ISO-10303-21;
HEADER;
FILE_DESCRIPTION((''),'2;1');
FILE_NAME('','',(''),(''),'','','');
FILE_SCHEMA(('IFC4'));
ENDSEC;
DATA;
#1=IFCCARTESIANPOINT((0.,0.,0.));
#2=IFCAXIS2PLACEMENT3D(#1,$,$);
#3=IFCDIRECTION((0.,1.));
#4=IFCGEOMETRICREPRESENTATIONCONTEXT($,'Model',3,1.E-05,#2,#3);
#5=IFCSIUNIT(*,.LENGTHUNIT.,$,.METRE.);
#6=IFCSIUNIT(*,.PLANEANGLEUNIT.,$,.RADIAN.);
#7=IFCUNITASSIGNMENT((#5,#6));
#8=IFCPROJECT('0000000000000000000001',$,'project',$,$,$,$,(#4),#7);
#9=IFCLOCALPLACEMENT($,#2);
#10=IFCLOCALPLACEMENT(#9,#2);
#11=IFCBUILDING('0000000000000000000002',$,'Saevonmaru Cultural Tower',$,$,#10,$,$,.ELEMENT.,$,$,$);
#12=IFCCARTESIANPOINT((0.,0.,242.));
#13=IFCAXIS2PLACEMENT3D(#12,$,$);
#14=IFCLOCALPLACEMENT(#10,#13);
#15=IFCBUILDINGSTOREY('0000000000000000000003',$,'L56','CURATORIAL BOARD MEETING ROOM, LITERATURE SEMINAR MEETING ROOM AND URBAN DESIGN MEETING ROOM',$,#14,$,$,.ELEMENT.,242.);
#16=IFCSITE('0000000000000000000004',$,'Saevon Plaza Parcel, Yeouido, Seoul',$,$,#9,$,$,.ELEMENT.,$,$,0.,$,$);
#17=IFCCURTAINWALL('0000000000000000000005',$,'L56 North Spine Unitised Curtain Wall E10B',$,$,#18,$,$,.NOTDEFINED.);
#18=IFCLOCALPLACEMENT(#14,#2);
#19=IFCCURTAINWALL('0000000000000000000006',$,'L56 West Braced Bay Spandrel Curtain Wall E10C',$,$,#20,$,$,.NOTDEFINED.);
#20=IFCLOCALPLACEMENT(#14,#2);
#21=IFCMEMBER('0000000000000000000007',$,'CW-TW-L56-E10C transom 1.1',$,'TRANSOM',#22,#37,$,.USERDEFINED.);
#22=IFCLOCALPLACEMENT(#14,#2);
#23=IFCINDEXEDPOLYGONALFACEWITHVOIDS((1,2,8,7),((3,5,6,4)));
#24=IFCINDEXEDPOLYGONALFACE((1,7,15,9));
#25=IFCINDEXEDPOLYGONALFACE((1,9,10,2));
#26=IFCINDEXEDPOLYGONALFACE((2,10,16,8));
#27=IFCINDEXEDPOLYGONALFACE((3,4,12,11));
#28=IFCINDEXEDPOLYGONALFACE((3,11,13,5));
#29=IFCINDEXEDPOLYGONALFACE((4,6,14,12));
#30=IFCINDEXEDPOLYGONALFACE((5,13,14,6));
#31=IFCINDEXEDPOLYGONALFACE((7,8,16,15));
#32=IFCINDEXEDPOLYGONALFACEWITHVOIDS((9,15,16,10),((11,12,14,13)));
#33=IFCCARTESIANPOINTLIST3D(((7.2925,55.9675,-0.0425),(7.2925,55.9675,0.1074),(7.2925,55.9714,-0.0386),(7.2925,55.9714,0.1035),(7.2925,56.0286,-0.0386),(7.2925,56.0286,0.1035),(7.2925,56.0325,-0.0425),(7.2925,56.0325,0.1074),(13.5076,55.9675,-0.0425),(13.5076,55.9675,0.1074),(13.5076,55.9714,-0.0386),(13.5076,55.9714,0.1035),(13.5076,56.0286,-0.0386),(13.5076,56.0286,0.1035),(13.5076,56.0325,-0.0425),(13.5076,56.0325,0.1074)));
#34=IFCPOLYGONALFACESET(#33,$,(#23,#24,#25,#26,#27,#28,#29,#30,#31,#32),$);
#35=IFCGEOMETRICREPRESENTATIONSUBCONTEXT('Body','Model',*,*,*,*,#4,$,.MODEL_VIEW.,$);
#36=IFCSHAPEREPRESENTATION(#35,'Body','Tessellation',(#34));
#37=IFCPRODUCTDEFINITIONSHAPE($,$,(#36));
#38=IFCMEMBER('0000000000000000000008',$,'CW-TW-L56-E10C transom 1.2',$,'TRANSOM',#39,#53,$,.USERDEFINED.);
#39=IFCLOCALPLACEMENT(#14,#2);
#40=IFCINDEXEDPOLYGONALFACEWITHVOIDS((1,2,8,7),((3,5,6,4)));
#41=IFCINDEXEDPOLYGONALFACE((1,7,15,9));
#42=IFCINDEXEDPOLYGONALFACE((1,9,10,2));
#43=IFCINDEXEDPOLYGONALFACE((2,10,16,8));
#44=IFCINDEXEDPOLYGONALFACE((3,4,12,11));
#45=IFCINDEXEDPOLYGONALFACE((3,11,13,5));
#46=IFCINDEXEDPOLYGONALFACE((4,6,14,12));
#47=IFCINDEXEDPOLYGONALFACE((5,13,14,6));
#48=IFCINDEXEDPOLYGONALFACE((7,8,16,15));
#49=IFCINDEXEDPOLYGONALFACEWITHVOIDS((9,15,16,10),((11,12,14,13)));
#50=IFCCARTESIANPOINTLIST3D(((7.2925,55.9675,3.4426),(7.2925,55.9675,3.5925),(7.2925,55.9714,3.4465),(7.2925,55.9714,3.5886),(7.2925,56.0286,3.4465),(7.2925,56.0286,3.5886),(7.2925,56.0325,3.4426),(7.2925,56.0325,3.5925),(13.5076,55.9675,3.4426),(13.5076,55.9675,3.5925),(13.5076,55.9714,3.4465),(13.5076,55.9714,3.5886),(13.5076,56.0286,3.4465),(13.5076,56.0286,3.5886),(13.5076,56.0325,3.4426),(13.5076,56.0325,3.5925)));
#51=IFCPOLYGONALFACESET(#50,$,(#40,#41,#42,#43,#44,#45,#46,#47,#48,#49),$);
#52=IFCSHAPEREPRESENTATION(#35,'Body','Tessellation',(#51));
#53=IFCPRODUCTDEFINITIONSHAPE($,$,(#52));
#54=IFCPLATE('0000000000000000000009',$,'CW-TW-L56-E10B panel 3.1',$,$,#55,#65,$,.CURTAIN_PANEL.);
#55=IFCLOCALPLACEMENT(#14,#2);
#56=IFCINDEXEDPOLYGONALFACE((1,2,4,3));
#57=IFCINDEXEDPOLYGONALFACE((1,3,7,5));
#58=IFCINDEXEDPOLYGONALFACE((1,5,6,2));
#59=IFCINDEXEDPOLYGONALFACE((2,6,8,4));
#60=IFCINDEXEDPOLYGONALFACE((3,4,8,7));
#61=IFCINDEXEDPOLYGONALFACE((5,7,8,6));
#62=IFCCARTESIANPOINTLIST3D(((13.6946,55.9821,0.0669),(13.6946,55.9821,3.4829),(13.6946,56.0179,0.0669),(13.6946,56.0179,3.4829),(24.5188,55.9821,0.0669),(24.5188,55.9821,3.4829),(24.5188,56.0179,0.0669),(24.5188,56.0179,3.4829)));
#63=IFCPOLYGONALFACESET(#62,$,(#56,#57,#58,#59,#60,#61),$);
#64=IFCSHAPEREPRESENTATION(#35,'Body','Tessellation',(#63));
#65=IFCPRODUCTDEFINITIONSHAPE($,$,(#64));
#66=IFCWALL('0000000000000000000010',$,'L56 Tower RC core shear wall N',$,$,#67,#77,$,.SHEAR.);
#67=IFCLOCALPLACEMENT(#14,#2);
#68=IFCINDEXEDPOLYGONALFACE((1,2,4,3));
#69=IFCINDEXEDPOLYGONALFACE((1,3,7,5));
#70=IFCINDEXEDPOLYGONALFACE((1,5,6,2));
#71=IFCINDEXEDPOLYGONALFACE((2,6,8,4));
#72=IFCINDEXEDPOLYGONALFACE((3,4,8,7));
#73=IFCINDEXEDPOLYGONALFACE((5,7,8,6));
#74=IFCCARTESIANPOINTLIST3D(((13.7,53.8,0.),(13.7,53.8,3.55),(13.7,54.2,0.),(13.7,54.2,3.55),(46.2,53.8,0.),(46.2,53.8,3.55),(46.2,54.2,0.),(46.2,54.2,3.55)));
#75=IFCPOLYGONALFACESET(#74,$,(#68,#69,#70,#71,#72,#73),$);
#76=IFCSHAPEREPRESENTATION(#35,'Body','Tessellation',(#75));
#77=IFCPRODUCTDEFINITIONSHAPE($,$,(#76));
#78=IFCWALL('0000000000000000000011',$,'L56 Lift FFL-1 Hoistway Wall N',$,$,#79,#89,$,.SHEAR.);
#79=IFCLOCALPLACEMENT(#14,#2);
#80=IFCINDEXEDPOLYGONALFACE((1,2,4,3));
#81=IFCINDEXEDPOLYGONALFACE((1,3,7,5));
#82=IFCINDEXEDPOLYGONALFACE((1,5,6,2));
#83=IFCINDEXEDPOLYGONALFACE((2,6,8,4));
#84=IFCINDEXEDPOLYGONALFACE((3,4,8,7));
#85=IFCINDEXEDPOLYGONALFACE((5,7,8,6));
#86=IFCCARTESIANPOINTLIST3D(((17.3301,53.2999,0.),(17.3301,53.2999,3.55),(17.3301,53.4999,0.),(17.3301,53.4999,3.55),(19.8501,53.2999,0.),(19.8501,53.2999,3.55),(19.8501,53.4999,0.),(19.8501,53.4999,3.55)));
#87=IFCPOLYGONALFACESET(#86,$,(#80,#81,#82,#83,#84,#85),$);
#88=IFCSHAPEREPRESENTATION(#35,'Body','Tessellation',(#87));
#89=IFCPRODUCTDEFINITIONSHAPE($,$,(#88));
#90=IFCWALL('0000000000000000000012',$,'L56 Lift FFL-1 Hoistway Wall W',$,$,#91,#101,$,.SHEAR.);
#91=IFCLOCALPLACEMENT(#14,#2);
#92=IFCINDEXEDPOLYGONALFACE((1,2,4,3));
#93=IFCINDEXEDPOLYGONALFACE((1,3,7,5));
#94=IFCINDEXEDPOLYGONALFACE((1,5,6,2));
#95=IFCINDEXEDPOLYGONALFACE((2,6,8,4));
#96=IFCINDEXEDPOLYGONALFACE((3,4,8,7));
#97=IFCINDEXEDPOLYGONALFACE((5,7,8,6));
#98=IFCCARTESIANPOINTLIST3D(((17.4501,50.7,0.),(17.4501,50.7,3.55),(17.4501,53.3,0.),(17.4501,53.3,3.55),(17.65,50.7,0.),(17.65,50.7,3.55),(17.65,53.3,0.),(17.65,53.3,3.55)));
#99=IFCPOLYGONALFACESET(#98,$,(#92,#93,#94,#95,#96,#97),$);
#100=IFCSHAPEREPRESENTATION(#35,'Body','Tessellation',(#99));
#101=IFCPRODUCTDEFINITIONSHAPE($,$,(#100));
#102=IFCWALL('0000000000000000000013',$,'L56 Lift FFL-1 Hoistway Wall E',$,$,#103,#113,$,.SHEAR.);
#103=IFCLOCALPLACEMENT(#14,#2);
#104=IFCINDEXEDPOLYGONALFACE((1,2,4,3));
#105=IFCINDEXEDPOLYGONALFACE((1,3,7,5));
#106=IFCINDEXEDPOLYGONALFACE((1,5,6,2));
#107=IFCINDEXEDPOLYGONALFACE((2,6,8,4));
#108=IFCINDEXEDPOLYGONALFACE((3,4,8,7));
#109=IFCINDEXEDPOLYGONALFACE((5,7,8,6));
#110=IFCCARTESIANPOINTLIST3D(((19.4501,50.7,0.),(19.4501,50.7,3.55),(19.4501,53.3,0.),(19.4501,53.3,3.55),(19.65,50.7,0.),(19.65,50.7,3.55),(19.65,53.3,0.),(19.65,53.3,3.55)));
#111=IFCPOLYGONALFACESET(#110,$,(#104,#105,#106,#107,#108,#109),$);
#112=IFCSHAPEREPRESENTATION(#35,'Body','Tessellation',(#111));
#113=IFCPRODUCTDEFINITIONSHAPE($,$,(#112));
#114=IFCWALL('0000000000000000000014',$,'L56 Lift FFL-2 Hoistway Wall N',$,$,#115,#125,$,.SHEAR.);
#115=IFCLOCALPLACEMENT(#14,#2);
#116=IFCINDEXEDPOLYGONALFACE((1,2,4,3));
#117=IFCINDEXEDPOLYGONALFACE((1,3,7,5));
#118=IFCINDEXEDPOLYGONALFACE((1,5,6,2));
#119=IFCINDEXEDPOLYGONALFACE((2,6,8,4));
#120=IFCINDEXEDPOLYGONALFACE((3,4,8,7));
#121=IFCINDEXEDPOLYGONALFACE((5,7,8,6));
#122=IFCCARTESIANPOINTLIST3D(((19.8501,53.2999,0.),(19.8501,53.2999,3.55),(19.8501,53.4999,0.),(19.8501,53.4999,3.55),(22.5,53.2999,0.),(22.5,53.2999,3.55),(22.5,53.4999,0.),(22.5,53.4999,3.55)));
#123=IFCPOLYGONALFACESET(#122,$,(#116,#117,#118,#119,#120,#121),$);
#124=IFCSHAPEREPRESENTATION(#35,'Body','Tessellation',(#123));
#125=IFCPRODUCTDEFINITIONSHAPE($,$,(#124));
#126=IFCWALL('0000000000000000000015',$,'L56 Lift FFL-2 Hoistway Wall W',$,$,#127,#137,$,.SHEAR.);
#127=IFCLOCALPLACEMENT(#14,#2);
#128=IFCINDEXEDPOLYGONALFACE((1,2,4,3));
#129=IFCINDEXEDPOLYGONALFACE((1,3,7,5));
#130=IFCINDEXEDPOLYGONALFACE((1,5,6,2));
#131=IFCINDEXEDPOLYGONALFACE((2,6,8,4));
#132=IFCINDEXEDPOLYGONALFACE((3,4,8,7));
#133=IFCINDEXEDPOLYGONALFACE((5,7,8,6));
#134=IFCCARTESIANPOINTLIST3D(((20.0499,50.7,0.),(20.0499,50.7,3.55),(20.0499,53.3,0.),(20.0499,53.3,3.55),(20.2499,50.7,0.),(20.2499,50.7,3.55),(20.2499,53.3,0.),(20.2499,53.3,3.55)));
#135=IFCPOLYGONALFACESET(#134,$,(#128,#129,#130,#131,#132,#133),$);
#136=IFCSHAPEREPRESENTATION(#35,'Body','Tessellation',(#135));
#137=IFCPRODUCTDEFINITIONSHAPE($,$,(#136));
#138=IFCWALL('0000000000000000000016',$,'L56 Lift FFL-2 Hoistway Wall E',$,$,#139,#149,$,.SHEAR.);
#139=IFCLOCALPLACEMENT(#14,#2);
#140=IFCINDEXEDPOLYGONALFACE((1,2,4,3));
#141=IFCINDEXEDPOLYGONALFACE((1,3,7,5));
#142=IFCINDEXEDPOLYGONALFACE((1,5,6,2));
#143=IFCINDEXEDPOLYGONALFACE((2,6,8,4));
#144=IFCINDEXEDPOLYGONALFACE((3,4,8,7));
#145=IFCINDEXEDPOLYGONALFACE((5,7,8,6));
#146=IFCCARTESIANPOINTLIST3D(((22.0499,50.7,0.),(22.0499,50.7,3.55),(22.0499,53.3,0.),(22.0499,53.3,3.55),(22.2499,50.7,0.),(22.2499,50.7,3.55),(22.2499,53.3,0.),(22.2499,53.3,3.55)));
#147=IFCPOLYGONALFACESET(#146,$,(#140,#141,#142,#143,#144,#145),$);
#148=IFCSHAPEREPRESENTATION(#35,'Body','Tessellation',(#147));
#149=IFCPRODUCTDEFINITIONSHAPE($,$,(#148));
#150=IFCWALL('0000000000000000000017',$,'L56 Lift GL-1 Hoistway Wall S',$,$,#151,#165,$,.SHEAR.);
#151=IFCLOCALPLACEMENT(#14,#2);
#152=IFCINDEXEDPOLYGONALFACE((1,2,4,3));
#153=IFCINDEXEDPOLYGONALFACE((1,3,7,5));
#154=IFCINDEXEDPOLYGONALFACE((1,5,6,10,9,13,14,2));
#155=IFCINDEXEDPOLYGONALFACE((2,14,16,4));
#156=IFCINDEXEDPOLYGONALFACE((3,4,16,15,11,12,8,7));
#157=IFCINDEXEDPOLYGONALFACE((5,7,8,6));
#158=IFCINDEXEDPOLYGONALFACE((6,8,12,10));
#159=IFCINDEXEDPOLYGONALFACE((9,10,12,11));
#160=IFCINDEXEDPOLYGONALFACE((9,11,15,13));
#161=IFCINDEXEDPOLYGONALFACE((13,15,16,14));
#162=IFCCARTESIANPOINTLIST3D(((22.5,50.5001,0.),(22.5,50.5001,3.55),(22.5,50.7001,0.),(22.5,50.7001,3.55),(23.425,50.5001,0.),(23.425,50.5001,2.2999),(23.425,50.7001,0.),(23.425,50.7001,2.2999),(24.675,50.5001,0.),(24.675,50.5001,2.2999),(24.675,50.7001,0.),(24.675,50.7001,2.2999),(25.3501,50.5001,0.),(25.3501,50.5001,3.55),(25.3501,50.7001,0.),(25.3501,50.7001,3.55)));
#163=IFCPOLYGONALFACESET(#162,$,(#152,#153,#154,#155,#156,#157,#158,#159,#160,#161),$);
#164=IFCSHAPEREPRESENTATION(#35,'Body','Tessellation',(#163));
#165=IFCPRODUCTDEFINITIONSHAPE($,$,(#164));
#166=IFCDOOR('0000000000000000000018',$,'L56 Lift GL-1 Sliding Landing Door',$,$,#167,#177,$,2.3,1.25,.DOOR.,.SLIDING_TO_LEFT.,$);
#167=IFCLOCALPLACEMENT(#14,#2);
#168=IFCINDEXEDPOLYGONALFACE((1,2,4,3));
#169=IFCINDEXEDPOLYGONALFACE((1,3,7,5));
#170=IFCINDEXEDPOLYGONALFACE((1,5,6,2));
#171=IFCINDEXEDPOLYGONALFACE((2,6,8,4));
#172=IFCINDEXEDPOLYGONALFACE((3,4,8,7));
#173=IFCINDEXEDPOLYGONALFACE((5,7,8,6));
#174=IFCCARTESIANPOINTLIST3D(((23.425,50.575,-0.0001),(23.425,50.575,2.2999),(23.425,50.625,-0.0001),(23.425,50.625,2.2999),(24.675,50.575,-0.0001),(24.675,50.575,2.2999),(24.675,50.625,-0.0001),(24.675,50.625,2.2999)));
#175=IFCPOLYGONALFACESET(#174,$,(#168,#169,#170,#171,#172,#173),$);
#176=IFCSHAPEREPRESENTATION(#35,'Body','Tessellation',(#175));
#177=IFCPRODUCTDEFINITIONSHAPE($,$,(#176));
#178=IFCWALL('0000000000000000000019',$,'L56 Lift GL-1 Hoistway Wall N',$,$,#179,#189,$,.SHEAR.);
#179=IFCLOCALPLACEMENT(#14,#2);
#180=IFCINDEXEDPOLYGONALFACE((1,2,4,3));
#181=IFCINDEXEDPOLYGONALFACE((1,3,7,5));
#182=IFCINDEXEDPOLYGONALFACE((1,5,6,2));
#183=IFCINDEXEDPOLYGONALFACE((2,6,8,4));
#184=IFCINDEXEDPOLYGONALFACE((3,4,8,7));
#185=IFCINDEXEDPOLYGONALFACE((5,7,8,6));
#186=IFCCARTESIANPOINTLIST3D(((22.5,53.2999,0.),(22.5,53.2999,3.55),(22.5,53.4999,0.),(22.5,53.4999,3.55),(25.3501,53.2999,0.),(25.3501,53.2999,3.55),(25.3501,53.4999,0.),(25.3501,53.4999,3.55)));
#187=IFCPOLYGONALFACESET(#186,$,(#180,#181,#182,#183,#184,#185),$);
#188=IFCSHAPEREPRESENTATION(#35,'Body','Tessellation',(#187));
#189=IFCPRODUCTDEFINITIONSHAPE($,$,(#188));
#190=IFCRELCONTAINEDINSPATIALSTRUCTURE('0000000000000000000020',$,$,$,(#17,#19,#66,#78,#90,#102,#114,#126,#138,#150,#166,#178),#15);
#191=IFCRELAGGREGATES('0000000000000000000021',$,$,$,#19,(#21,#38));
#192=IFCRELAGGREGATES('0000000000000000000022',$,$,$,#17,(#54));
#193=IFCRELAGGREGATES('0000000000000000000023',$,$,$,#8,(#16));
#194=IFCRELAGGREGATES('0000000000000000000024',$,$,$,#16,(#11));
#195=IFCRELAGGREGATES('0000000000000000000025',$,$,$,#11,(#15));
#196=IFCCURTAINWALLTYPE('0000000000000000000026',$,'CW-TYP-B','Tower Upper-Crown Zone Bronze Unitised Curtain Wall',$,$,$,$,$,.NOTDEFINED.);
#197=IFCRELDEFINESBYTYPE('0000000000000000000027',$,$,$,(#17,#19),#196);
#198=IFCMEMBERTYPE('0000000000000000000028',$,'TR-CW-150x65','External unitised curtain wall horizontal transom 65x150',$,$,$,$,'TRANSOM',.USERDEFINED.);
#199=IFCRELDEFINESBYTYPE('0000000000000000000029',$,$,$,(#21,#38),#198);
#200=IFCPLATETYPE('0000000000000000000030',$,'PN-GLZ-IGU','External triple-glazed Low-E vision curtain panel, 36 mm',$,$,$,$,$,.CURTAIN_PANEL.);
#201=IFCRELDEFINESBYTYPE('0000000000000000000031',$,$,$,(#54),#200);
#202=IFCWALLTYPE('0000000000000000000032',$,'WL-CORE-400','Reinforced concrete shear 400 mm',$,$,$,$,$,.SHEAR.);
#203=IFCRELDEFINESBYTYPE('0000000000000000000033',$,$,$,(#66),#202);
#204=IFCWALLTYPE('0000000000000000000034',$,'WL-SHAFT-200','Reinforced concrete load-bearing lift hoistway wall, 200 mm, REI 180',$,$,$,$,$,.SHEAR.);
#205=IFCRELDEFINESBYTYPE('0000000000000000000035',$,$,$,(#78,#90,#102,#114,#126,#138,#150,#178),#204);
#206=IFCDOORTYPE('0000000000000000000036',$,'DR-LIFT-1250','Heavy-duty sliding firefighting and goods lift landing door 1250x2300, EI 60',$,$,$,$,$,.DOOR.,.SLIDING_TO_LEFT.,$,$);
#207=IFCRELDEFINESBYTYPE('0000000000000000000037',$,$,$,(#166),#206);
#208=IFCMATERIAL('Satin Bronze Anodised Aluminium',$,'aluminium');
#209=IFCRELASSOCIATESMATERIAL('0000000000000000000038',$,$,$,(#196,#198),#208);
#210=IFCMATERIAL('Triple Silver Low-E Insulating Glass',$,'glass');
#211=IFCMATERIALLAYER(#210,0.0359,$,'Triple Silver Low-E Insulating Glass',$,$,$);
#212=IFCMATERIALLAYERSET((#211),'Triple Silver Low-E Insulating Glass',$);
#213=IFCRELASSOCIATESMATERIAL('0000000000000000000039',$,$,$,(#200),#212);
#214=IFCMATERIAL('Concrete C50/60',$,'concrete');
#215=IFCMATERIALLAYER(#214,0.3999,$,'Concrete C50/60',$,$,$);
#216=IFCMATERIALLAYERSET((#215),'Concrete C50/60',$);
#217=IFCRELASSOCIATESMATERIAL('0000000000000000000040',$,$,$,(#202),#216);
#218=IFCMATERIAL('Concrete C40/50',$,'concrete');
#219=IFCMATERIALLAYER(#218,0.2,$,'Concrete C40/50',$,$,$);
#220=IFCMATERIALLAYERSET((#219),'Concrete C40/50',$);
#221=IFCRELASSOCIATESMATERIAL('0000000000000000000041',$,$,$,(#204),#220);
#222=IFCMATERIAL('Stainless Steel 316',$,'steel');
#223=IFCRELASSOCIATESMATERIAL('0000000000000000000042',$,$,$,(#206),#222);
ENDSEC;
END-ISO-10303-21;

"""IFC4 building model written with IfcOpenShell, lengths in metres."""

from ifc_helpers import new_model, si_unit, direction, frame, frame_2d, origin, origin_2d, place, context, subcontext, project, spatial, rectangle, hollow_rectangle, extrude, material, layer, layer_set, material_profile, profile_set, type_object, element, fill, aggregate, save


model = new_model("IFC4")

# Units and contexts
model_context = context("Model", 3, precision=1e-05, world=origin(), true_north=direction((0.0, 1.0)))
body_context = subcontext(model_context, "Body", "Model", "MODEL_VIEW")
ifc_project = project(units=[si_unit("LENGTHUNIT", "METRE"), si_unit("PLANEANGLEUNIT", "RADIAN")], contexts=[model_context])

# Site, building, storey
site_placement = place(None, origin())
site = spatial("IfcSite", under=ifc_project, at=site_placement, Name="Saevon Plaza Parcel, Yeouido, Seoul", CompositionType="ELEMENT", RefElevation=0.0)
building_placement = place(site_placement, origin())
building = spatial("IfcBuilding", under=site, at=building_placement, Name="Saevonmaru Cultural Tower", CompositionType="ELEMENT")
storey_placement = place(building_placement, frame((0.0, 0.0, 242.0)))
storey = spatial("IfcBuildingStorey", under=building, at=storey_placement, Name="L56", Description="CURATORIAL BOARD MEETING ROOM, LITERATURE SEMINAR MEETING ROOM AND URBAN DESIGN MEETING ROOM", CompositionType="ELEMENT", Elevation=242.0)

# Curtain walls
ifc_material_1 = material(Name="Satin Bronze Anodised Aluminium", Category="aluminium")
curtain_wall_type = type_object("IfcCurtainWallType", Name="CW-TYP-B", Description="Tower Upper-Crown Zone Bronze Unitised Curtain Wall", PredefinedType="NOTDEFINED", material=ifc_material_1)
curtain_wall_1_placement = place(storey_placement, origin())
curtain_wall_1 = element("IfcCurtainWall", 1, at=curtain_wall_1_placement, inside=storey, type_object=curtain_wall_type, Name="L56 North Spine Unitised Curtain Wall E10B", PredefinedType="NOTDEFINED")
curtain_wall_2_placement = place(storey_placement, origin())
curtain_wall_2 = element("IfcCurtainWall", 2, at=curtain_wall_2_placement, inside=storey, type_object=curtain_wall_type, Name="L56 West Braced Bay Spandrel Curtain Wall E10C", PredefinedType="NOTDEFINED")

# Members
ifc_material_profile_1 = material_profile(ifc_material_1, hollow_rectangle(XDim=0.0649, YDim=0.1499, WallThickness=0.0039, at=origin_2d()), Name="ALU-TRAN-150x65x4")
ifc_profile_set_1 = profile_set([ifc_material_profile_1], Name="Satin Bronze Anodised Aluminium")
member_type_1 = type_object("IfcMemberType", Name="TR-CW-150x65", Description="External unitised curtain wall horizontal transom 65x150", ElementType="TRANSOM", PredefinedType="USERDEFINED", material=ifc_profile_set_1)
member_1_placement = place(storey_placement, frame((13.5076, 56.0, 0.0325), z_axis=(-1.0, 0.0, 0.0), x_axis=(0.0, -1.0, 0.0)))
member_1 = element("IfcMember", 3, at=member_1_placement, type_object=member_type_1, Name="CW-TW-L56-E10C transom 1.1", ObjectType="TRANSOM", PredefinedType="USERDEFINED", context=body_context, shape_type="SweptSolid", body=[
    extrude(hollow_rectangle(XDim=0.0649, YDim=0.1499, WallThickness=0.0039, at=origin_2d()), origin(), (0.0, 0.0, 1.0), 6.2151),
])
member_2_placement = place(storey_placement, frame((13.5076, 56.0, 3.5176), z_axis=(-1.0, 0.0, 0.0), x_axis=(0.0, -1.0, 0.0)))
member_2 = element("IfcMember", 4, at=member_2_placement, type_object=member_type_1, Name="CW-TW-L56-E10C transom 1.2", ObjectType="TRANSOM", PredefinedType="USERDEFINED", context=body_context, shape_type="SweptSolid", body=[
    extrude(hollow_rectangle(XDim=0.0649, YDim=0.1499, WallThickness=0.0039, at=origin_2d()), origin(), (0.0, 0.0, 1.0), 6.2151),
])
aggregate(curtain_wall_2, [member_1, member_2])

# Plate
ifc_material_2 = material(Name="Triple Silver Low-E Insulating Glass", Category="glass")
ifc_layer_1 = layer(ifc_material_2, 0.0359, Name="Triple Silver Low-E Insulating Glass")
ifc_layer_set_1 = layer_set([ifc_layer_1], Name="Triple Silver Low-E Insulating Glass")
plate_type = type_object("IfcPlateType", Name="PN-GLZ-IGU", Description="External triple-glazed Low-E vision curtain panel, 36 mm", PredefinedType="CURTAIN_PANEL", material=ifc_layer_set_1)
plate_placement = place(storey_placement, frame((19.1067, 56.0, 0.0669), z_axis=(0.0, 0.0, 1.0), x_axis=(-1.0, 0.0, 0.0)))
plate = element("IfcPlate", 5, at=plate_placement, type_object=plate_type, Name="CW-TW-L56-E10B panel 3.1", PredefinedType="CURTAIN_PANEL", context=body_context, shape_type="SweptSolid", body=[
    extrude(rectangle(XDim=10.8242, YDim=0.0359, at=origin_2d()), origin(), (0.0, 0.0, 1.0), 3.416),
])
aggregate(curtain_wall_1, [plate])

# Walls
ifc_material_3 = material(Name="Concrete C50/60", Category="concrete")
ifc_layer_2 = layer(ifc_material_3, 0.3999, Name="Concrete C50/60")
ifc_layer_set_2 = layer_set([ifc_layer_2], Name="Concrete C50/60")
wall_type_1 = type_object("IfcWallType", Name="WL-CORE-400", Description="Reinforced concrete shear 400 mm", PredefinedType="SHEAR", material=ifc_layer_set_2)
wall_1_placement = place(storey_placement, frame((13.7, 54.0, 0.0), z_axis=(0.0, 0.0, 1.0), x_axis=(1.0, 0.0, 0.0)))
element("IfcWall", 6, at=wall_1_placement, inside=storey, type_object=wall_type_1, Name="L56 Tower RC core shear wall N", PredefinedType="SHEAR", context=body_context, shape_type="SweptSolid", body=[
    extrude(rectangle(XDim=32.5, YDim=0.3999, at=frame_2d((16.25, 0.0))), origin(), (0.0, 0.0, 1.0), 3.55),
])
ifc_material_4 = material(Name="Concrete C40/50", Category="concrete")
ifc_layer_3 = layer(ifc_material_4, 0.2, Name="Concrete C40/50")
ifc_layer_set_3 = layer_set([ifc_layer_3], Name="Concrete C40/50")
wall_type_2 = type_object("IfcWallType", Name="WL-SHAFT-200", Description="Reinforced concrete load-bearing lift hoistway wall, 200 mm, REI 180", PredefinedType="SHEAR", material=ifc_layer_set_3)
wall_2_placement = place(storey_placement, frame((17.3301, 53.3999, 0.0), z_axis=(0.0, 0.0, 1.0), x_axis=(1.0, 0.0, 0.0)))
element("IfcWall", 7, at=wall_2_placement, inside=storey, type_object=wall_type_2, Name="L56 Lift FFL-1 Hoistway Wall N", PredefinedType="SHEAR", context=body_context, shape_type="SweptSolid", body=[
    extrude(rectangle(XDim=2.52, YDim=0.2, at=frame_2d((1.26, 0.0))), origin(), (0.0, 0.0, 1.0), 3.55),
])
for number, where, z_axis, x_axis, name in (
    (8, (17.55, 50.7, 0.0), (0.0, 0.0, 1.0), (0.0, 1.0, 0.0), "L56 Lift FFL-1 Hoistway Wall W"),
    (9, (19.55, 50.7, 0.0), (0.0, 0.0, 1.0), (0.0, 1.0, 0.0), "L56 Lift FFL-1 Hoistway Wall E"),
):
    element("IfcWall", number, at=place(storey_placement, frame(where, z_axis=z_axis, x_axis=x_axis)), inside=storey, type_object=wall_type_2, Name=name, PredefinedType="SHEAR", context=body_context, shape_type="SweptSolid", body=[
        extrude(rectangle(XDim=2.6001, YDim=0.2, at=frame_2d((1.3, 0.0))), origin(), (0.0, 0.0, 1.0), 3.55),
    ])
wall_3_placement = place(storey_placement, frame((19.8501, 53.3999, 0.0), z_axis=(0.0, 0.0, 1.0), x_axis=(1.0, 0.0, 0.0)))
element("IfcWall", 10, at=wall_3_placement, inside=storey, type_object=wall_type_2, Name="L56 Lift FFL-2 Hoistway Wall N", PredefinedType="SHEAR", context=body_context, shape_type="SweptSolid", body=[
    extrude(rectangle(XDim=2.6499, YDim=0.2, at=frame_2d((1.325, 0.0))), origin(), (0.0, 0.0, 1.0), 3.55),
])
for number, where, z_axis, x_axis, name in (
    (11, (20.1499, 50.7, 0.0), (0.0, 0.0, 1.0), (0.0, 1.0, 0.0), "L56 Lift FFL-2 Hoistway Wall W"),
    (12, (22.1499, 50.7, 0.0), (0.0, 0.0, 1.0), (0.0, 1.0, 0.0), "L56 Lift FFL-2 Hoistway Wall E"),
):
    element("IfcWall", number, at=place(storey_placement, frame(where, z_axis=z_axis, x_axis=x_axis)), inside=storey, type_object=wall_type_2, Name=name, PredefinedType="SHEAR", context=body_context, shape_type="SweptSolid", body=[
        extrude(rectangle(XDim=2.6001, YDim=0.2, at=frame_2d((1.3, 0.0))), origin(), (0.0, 0.0, 1.0), 3.55),
    ])

# Wall, opening, door
wall_4_placement = place(storey_placement, frame((22.5, 50.6001, 0.0), z_axis=(0.0, 0.0, 1.0), x_axis=(1.0, 0.0, 0.0)))
wall_4 = element("IfcWall", 13, at=wall_4_placement, inside=storey, type_object=wall_type_2, Name="L56 Lift GL-1 Hoistway Wall S", PredefinedType="SHEAR", context=body_context, shape_type="SweptSolid", body=[
    extrude(rectangle(XDim=2.8501, YDim=0.2, at=frame_2d((1.425, 0.0))), origin(), (0.0, 0.0, 1.0), 3.55),
])
opening_placement = place(wall_4_placement, frame((0.925, 0.0, 0.0)))
opening = element("IfcOpeningElement", 14, at=opening_placement, cuts=wall_4, PredefinedType="OPENING", context=body_context, shape_type="SweptSolid", body=[
    extrude(rectangle(XDim=1.25, YDim=2.3, at=frame_2d((0.625, 1.1499))), frame((0.0, 0.1099, 0.0), z_axis=(0.0, -1.0, 0.0), x_axis=(1.0, 0.0, 0.0)), (0.0, 0.0, 1.0), 0.22),
])
ifc_material_5 = material(Name="Stainless Steel 316", Category="steel")
door_type = type_object("IfcDoorType", Name="DR-LIFT-1250", Description="Heavy-duty sliding firefighting and goods lift landing door 1250x2300, EI 60", OperationType="SLIDING_TO_LEFT", PredefinedType="DOOR", material=ifc_material_5)
door_placement = place(opening_placement, origin())
door = element("IfcDoor", 15, at=door_placement, inside=storey, type_object=door_type, Name="L56 Lift GL-1 Sliding Landing Door", OperationType="SLIDING_TO_LEFT", OverallHeight=2.3, OverallWidth=1.25, PredefinedType="DOOR", context=body_context, shape_type="SweptSolid", body=[
    extrude(rectangle(XDim=1.25, YDim=2.3, at=frame_2d((0.625, 1.1499))), frame((0.0, 0.0249, 0.0), z_axis=(0.0, -1.0, 0.0), x_axis=(1.0, 0.0, 0.0)), (0.0, 0.0, 1.0), 0.05),
])
fill(opening, door)

# Wall
wall_5_placement = place(storey_placement, frame((22.5, 53.3999, 0.0), z_axis=(0.0, 0.0, 1.0), x_axis=(1.0, 0.0, 0.0)))
element("IfcWall", 16, at=wall_5_placement, inside=storey, type_object=wall_type_2, Name="L56 Lift GL-1 Hoistway Wall N", PredefinedType="SHEAR", context=body_context, shape_type="SweptSolid", body=[
    extrude(rectangle(XDim=2.8501, YDim=0.2, at=frame_2d((1.425, 0.0))), origin(), (0.0, 0.0, 1.0), 3.55),
])

save(model, "model.ifc")
